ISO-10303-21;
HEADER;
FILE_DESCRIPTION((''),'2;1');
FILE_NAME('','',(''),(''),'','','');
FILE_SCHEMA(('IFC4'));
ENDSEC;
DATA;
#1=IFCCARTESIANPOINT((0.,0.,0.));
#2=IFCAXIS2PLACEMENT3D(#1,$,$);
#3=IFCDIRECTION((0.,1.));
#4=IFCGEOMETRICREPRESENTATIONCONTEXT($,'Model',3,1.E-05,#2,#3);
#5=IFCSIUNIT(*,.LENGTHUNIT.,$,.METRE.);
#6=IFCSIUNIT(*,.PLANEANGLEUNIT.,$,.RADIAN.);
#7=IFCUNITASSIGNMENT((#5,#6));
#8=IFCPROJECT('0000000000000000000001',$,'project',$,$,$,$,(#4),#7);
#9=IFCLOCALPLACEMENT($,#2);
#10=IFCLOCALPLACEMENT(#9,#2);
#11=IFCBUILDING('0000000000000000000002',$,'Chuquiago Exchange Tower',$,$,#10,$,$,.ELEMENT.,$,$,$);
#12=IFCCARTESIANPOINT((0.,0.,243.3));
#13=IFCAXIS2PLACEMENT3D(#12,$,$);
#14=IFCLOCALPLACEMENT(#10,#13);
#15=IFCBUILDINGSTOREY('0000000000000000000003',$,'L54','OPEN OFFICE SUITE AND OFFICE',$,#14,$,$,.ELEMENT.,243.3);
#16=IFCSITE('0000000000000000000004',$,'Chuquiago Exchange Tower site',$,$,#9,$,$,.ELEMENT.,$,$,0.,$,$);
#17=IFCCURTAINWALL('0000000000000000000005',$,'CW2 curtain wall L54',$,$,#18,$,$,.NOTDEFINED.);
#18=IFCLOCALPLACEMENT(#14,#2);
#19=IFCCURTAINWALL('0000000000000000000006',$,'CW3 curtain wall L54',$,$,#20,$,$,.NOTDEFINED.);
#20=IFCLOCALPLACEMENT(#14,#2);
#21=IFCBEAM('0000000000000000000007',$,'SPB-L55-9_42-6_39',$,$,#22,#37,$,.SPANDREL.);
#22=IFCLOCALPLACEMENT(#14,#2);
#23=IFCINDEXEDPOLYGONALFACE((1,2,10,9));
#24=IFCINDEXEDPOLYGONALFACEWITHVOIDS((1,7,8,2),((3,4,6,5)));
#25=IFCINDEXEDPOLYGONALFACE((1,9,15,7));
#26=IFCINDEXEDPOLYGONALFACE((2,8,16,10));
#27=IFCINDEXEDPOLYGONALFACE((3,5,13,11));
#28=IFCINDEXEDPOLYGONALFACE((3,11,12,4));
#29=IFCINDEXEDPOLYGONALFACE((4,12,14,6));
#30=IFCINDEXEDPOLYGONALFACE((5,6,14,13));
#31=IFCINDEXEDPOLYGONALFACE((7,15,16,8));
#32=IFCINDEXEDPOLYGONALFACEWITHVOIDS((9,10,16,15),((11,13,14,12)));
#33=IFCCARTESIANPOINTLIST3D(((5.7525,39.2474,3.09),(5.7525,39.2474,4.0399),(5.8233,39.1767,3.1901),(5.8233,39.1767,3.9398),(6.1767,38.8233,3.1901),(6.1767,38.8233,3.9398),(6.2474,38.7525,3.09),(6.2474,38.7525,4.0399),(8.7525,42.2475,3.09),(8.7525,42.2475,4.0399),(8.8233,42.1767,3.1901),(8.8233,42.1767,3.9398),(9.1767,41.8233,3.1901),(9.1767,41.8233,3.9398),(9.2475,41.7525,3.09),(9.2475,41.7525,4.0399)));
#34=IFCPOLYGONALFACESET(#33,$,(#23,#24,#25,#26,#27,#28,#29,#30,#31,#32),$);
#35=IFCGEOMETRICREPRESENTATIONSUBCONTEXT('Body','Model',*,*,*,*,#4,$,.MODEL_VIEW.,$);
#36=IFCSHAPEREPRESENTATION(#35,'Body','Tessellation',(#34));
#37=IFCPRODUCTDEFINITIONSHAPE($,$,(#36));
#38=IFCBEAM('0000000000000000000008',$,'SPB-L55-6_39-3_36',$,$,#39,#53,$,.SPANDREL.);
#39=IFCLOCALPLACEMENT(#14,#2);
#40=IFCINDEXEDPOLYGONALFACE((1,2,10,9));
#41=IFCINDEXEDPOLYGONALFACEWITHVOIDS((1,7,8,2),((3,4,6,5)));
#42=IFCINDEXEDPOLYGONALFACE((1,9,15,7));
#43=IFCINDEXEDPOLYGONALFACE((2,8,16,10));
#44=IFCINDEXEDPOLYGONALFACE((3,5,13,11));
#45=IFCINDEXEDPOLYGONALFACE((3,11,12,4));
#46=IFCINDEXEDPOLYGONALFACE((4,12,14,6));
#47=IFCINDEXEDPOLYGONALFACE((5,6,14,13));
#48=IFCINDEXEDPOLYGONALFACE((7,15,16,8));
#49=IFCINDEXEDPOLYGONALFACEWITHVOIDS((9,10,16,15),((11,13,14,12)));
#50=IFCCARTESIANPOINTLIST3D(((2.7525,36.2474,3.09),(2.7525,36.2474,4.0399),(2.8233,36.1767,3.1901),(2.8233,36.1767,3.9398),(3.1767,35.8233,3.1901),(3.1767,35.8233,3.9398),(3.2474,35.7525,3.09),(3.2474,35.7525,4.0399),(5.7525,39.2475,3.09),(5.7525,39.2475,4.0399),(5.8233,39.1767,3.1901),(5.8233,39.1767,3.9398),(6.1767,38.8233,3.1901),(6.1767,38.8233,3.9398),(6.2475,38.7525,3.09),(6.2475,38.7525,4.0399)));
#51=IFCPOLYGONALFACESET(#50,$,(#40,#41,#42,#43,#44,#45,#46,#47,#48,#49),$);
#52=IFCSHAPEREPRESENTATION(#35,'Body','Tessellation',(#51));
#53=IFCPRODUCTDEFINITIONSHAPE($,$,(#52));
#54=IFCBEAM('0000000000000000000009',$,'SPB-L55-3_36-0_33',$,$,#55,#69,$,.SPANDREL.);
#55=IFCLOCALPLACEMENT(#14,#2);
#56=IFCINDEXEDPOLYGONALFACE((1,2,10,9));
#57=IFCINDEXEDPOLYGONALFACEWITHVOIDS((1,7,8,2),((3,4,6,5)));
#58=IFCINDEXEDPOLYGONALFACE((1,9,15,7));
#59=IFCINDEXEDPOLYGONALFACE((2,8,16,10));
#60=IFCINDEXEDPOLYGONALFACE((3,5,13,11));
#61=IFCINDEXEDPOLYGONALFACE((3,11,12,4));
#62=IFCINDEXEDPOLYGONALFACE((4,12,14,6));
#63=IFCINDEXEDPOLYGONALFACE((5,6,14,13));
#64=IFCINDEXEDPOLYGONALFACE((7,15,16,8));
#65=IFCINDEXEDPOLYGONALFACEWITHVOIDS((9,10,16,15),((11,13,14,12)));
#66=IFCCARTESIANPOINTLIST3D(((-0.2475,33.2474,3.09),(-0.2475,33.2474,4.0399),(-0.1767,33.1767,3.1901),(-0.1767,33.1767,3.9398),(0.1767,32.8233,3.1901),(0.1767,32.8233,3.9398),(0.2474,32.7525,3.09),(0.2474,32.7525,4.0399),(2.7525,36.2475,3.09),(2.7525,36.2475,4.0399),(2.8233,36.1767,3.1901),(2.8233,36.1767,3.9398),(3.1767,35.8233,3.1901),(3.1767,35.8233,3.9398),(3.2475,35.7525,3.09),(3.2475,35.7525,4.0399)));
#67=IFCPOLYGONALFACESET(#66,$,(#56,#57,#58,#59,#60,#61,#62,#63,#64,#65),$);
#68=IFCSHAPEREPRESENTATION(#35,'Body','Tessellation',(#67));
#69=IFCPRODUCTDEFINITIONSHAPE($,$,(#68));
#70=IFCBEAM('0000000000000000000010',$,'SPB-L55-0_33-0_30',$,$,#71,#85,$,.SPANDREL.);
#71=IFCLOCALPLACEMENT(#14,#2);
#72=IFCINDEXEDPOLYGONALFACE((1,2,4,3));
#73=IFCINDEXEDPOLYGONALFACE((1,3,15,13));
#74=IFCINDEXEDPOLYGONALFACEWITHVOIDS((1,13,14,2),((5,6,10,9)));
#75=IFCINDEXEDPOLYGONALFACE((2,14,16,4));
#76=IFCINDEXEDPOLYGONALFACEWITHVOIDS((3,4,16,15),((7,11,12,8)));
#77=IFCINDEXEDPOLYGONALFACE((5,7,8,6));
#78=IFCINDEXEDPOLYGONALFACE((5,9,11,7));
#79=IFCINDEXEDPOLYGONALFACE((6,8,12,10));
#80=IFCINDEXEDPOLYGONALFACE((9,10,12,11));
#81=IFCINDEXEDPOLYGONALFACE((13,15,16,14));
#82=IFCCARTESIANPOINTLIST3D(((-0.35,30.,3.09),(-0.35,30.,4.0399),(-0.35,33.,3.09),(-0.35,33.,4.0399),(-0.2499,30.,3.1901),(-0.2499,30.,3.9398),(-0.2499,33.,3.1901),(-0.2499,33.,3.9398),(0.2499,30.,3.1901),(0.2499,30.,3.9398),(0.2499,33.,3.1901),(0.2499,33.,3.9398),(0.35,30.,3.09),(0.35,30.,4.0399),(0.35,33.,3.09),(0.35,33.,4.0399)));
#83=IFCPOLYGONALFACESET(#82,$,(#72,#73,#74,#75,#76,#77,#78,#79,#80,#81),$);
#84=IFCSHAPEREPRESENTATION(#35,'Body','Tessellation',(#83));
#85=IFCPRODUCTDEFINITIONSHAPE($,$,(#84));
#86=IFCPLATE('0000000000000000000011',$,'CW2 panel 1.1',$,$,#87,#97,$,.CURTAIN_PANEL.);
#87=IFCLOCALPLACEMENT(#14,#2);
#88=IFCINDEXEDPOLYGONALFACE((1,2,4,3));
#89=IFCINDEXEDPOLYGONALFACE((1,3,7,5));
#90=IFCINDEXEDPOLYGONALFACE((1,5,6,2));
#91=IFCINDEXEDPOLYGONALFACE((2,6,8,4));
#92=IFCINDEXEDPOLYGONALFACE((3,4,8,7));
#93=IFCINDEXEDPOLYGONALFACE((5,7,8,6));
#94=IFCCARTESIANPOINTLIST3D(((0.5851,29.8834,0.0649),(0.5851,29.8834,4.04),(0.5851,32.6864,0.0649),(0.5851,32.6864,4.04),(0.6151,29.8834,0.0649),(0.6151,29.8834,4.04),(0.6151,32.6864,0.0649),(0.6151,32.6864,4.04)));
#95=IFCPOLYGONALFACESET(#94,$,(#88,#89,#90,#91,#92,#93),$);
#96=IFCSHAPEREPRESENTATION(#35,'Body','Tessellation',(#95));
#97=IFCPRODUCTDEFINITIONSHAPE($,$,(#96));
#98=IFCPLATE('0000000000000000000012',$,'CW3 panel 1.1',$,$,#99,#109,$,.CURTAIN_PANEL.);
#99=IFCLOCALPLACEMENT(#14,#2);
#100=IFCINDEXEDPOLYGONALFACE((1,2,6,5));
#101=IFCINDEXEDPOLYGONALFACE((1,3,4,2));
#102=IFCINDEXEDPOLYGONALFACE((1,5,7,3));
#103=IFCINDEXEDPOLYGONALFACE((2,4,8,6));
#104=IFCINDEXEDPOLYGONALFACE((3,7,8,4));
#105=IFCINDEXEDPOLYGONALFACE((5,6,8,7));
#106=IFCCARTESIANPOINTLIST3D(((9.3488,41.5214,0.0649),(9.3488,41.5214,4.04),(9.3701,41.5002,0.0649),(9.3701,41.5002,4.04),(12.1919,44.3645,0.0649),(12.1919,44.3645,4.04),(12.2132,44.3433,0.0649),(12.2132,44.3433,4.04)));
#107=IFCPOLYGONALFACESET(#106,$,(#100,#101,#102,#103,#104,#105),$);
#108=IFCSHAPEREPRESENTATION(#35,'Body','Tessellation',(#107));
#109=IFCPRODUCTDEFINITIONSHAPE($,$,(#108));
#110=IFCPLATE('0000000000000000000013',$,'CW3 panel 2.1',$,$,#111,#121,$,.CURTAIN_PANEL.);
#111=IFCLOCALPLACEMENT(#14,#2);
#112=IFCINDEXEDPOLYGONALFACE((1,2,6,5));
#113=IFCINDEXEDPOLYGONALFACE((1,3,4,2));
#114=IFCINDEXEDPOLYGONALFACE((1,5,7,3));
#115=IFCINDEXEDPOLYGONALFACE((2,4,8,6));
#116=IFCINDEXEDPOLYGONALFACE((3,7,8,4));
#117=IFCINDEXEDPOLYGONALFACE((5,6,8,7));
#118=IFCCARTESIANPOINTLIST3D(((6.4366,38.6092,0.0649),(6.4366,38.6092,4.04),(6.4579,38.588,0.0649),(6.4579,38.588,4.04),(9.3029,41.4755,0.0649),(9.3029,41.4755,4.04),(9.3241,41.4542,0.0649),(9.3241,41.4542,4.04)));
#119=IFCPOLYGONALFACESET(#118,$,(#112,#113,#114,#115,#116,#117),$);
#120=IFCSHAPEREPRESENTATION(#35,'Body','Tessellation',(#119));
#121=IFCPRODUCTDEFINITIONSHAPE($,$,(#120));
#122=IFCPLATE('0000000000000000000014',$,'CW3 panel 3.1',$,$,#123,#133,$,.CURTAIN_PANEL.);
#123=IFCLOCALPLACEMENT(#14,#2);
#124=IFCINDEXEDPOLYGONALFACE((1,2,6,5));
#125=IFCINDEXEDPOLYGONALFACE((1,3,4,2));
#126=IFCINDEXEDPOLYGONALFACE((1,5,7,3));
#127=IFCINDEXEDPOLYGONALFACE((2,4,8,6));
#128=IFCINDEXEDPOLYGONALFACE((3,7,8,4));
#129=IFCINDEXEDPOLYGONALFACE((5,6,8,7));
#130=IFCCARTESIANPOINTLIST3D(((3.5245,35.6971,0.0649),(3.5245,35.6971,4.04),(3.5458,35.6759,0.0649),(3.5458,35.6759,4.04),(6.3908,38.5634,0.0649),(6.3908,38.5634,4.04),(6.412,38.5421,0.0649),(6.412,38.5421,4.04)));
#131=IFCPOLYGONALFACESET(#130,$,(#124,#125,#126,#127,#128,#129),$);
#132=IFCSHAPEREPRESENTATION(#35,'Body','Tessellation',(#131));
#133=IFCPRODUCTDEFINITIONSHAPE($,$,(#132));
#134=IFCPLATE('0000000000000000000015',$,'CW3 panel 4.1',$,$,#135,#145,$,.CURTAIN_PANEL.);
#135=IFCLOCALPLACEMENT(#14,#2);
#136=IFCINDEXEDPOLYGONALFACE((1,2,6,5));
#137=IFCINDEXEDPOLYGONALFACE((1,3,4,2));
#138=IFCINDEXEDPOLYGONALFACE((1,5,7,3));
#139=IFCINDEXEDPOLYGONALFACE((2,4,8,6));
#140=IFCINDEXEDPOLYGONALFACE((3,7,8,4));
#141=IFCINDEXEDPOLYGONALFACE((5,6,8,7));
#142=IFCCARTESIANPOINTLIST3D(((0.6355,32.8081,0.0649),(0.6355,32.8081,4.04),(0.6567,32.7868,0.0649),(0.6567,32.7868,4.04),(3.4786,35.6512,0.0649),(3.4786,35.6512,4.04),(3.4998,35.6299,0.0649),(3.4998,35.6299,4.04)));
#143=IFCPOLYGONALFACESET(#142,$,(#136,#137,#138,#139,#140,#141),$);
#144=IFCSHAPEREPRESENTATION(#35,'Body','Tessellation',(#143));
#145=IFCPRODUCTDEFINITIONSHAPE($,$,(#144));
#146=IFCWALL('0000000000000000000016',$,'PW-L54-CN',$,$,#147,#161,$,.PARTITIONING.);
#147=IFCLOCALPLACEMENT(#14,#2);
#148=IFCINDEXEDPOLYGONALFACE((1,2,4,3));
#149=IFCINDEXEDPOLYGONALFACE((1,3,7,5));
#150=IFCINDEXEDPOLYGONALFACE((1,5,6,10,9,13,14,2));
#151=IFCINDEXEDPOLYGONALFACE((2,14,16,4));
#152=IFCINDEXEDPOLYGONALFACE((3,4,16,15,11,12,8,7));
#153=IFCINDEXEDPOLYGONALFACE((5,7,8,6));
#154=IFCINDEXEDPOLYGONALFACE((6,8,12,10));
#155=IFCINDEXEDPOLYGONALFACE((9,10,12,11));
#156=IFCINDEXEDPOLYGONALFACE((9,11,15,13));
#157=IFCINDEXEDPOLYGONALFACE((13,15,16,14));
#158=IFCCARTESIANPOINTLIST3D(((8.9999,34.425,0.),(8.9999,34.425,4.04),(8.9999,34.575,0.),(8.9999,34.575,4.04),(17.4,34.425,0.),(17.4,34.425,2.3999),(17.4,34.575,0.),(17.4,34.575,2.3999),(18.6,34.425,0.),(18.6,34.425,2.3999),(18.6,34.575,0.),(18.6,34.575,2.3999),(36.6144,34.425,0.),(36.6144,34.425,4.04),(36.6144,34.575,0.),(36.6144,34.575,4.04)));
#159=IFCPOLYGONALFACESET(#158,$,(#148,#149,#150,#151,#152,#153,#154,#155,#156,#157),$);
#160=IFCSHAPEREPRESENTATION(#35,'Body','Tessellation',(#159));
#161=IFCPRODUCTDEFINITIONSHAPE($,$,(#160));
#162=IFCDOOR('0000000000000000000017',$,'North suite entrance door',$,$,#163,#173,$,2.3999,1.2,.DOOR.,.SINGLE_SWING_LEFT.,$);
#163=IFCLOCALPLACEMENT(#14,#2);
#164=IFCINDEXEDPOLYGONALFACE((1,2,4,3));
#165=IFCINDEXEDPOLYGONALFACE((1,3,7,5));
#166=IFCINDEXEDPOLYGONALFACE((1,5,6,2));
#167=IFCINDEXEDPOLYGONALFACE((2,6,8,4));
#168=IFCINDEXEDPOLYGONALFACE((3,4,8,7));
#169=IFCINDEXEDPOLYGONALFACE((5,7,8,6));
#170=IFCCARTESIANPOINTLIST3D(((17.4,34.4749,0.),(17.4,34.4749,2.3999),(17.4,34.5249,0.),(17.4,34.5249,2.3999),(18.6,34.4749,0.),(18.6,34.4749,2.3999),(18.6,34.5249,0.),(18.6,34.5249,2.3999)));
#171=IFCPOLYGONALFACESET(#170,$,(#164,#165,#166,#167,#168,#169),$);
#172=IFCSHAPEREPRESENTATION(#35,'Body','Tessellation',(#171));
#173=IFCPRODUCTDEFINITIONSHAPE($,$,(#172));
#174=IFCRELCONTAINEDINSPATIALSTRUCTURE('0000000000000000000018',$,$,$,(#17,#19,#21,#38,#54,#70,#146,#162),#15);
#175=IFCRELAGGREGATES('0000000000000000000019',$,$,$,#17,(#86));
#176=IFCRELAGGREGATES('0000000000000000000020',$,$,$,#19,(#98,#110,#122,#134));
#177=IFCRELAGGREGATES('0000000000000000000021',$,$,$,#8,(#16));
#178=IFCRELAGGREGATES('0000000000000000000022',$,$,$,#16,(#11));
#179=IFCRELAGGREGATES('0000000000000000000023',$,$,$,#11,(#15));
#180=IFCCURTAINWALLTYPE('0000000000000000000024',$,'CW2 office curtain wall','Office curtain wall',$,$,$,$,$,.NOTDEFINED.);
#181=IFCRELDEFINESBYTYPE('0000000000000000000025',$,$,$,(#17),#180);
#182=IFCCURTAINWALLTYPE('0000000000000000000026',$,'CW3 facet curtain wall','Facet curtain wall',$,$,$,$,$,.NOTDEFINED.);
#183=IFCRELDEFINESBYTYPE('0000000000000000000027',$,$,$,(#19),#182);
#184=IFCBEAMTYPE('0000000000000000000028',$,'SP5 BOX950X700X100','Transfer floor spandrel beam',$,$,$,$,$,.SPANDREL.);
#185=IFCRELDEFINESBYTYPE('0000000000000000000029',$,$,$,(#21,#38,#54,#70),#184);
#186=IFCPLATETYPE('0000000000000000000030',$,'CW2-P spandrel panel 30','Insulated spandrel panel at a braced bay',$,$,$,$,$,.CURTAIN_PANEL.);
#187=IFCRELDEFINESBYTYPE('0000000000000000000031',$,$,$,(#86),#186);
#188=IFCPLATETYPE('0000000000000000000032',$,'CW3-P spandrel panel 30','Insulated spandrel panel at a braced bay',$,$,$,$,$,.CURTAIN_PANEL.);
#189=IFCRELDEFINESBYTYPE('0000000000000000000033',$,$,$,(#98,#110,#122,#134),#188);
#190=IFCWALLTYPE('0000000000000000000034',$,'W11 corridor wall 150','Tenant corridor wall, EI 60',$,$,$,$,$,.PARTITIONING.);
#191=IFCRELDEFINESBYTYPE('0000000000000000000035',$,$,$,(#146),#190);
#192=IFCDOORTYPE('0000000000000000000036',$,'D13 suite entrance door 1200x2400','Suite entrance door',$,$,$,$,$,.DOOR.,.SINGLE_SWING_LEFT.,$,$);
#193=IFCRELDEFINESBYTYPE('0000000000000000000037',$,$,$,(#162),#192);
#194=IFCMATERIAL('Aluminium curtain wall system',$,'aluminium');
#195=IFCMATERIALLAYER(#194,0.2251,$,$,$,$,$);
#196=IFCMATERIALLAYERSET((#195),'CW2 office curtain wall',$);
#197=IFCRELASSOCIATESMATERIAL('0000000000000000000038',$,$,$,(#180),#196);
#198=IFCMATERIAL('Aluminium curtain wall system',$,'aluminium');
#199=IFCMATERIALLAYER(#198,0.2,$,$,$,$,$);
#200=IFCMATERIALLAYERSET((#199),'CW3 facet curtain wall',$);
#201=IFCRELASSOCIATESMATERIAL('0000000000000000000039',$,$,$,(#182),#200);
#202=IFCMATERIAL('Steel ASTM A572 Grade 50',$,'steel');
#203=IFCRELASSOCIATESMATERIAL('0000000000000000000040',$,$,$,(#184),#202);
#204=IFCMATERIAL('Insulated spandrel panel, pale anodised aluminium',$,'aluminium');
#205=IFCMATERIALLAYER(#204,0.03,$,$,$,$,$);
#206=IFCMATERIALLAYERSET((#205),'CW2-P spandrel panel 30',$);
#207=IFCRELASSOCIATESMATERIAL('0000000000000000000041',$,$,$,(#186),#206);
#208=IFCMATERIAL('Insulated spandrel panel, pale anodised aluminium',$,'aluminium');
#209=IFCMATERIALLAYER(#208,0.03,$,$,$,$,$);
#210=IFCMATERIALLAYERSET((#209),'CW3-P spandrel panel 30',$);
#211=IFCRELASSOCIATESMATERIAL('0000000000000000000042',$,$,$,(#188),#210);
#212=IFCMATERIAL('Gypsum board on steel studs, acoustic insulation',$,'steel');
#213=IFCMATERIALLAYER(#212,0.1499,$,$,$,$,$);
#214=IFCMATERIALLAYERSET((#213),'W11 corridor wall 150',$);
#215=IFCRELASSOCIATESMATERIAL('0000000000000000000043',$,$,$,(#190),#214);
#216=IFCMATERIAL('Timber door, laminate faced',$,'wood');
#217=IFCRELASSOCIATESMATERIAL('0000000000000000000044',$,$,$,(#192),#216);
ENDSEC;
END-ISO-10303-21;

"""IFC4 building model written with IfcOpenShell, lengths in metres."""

from ifc_helpers import new_model, si_unit, direction, frame, frame_2d, origin, origin_2d, place, context, subcontext, project, spatial, rectangle, hollow_rectangle, extrude, material, layer, layer_set, material_profile, profile_set, type_object, element, fill, aggregate, save


model = new_model("IFC4")

# Units and contexts
model_context = context("Model", 3, precision=1e-05, world=origin(), true_north=direction((0.0, 1.0)))
body_context = subcontext(model_context, "Body", "Model", "MODEL_VIEW")
ifc_project = project(units=[si_unit("LENGTHUNIT", "METRE"), si_unit("PLANEANGLEUNIT", "RADIAN")], contexts=[model_context])

# Site, building, storey
site_placement = place(None, origin())
site = spatial("IfcSite", under=ifc_project, at=site_placement, Name="Chuquiago Exchange Tower site", CompositionType="ELEMENT", RefElevation=0.0)
building_placement = place(site_placement, origin())
building = spatial("IfcBuilding", under=site, at=building_placement, Name="Chuquiago Exchange Tower", CompositionType="ELEMENT")
storey_placement = place(building_placement, frame((0.0, 0.0, 243.3)))
storey = spatial("IfcBuildingStorey", under=building, at=storey_placement, Name="L54", Description="OPEN OFFICE SUITE AND OFFICE", CompositionType="ELEMENT", Elevation=243.3)

# Curtain walls
ifc_material_1 = material(Name="Aluminium curtain wall system", Category="aluminium")
ifc_layer_1 = layer(ifc_material_1, 0.2251)
ifc_layer_set_1 = layer_set([ifc_layer_1], Name="CW2 office curtain wall")
curtain_wall_type_1 = type_object("IfcCurtainWallType", Name="CW2 office curtain wall", Description="Office curtain wall", PredefinedType="NOTDEFINED", material=ifc_layer_set_1)
curtain_wall_1_placement = place(storey_placement, origin())
curtain_wall_1 = element("IfcCurtainWall", 1, at=curtain_wall_1_placement, inside=storey, type_object=curtain_wall_type_1, Name="CW2 curtain wall L54", PredefinedType="NOTDEFINED")
ifc_material_2 = material(Name="Aluminium curtain wall system", Category="aluminium")
ifc_layer_2 = layer(ifc_material_2, 0.2)
ifc_layer_set_2 = layer_set([ifc_layer_2], Name="CW3 facet curtain wall")
curtain_wall_type_2 = type_object("IfcCurtainWallType", Name="CW3 facet curtain wall", Description="Facet curtain wall", PredefinedType="NOTDEFINED", material=ifc_layer_set_2)
curtain_wall_2_placement = place(storey_placement, origin())
curtain_wall_2 = element("IfcCurtainWall", 2, at=curtain_wall_2_placement, inside=storey, type_object=curtain_wall_type_2, Name="CW3 curtain wall L54", PredefinedType="NOTDEFINED")

# Beams
ifc_material_3 = material(Name="Steel ASTM A572 Grade 50", Category="steel")
ifc_material_profile_1 = material_profile(ifc_material_3, hollow_rectangle(XDim=0.7, YDim=0.95, WallThickness=0.1001, at=origin_2d()), Name="BOX950X700X100")
ifc_profile_set_1 = profile_set([ifc_material_profile_1], Name="Steel ASTM A572 Grade 50")
beam_type_1 = type_object("IfcBeamType", Name="SP5 BOX950X700X100", Description="Transfer floor spandrel beam", PredefinedType="SPANDREL", material=ifc_profile_set_1)
for number, where, z_axis, x_axis, name in (
    (3, (9.0, 42.0, 3.5649), (-0.707107, -0.707107, 0.0), (0.707107, -0.707107, 0.0), "SPB-L55-9_42-6_39"),
    (4, (6.0, 39.0, 3.5649), (-0.707107, -0.707107, 0.0), (0.707107, -0.707107, 0.0), "SPB-L55-6_39-3_36"),
    (5, (3.0, 36.0, 3.5649), (-0.707107, -0.707107, 0.0), (0.707107, -0.707107, 0.0), "SPB-L55-3_36-0_33"),
):
    element("IfcBeam", number, at=place(storey_placement, frame(where, z_axis=z_axis, x_axis=x_axis)), inside=storey, type_object=beam_type_1, Name=name, PredefinedType="SPANDREL", context=body_context, shape_type="SweptSolid", body=[
        extrude(hollow_rectangle(XDim=0.7, YDim=0.95, WallThickness=0.1001, at=origin_2d()), origin(), (0.0, 0.0, 1.0), 4.2427),
    ])
beam_1_placement = place(storey_placement, frame((0.0, 33.0, 3.5649), z_axis=(0.0, -1.0, 0.0), x_axis=(1.0, 0.0, 0.0)))
element("IfcBeam", 6, at=beam_1_placement, inside=storey, type_object=beam_type_1, Name="SPB-L55-0_33-0_30", PredefinedType="SPANDREL", context=body_context, shape_type="SweptSolid", body=[
    extrude(hollow_rectangle(XDim=0.7, YDim=0.95, WallThickness=0.1001, at=origin_2d()), origin(), (0.0, 0.0, 1.0), 3.0),
])

# Plates
ifc_material_4 = material(Name="Insulated spandrel panel, pale anodised aluminium", Category="aluminium")
ifc_layer_3 = layer(ifc_material_4, 0.03)
ifc_layer_set_3 = layer_set([ifc_layer_3], Name="CW2-P spandrel panel 30")
plate_type_1 = type_object("IfcPlateType", Name="CW2-P spandrel panel 30", Description="Insulated spandrel panel at a braced bay", PredefinedType="CURTAIN_PANEL", material=ifc_layer_set_3)
plate_1_placement = place(storey_placement, frame((0.6001, 31.2849, 0.0649), z_axis=(0.0, 0.0, 1.0), x_axis=(0.0, -1.0, 0.0)))
plate_1 = element("IfcPlate", 7, at=plate_1_placement, type_object=plate_type_1, Name="CW2 panel 1.1", PredefinedType="CURTAIN_PANEL", context=body_context, shape_type="SweptSolid", body=[
    extrude(rectangle(XDim=2.803, YDim=0.03, at=origin_2d()), origin(), (0.0, 0.0, 1.0), 3.9751),
])
aggregate(curtain_wall_1, [plate_1])
ifc_material_5 = material(Name="Insulated spandrel panel, pale anodised aluminium", Category="aluminium")
ifc_layer_4 = layer(ifc_material_5, 0.03)
ifc_layer_set_4 = layer_set([ifc_layer_4], Name="CW3-P spandrel panel 30")
plate_type_2 = type_object("IfcPlateType", Name="CW3-P spandrel panel 30", Description="Insulated spandrel panel at a braced bay", PredefinedType="CURTAIN_PANEL", material=ifc_layer_set_4)
plate_2_placement = place(storey_placement, frame((10.781, 42.9324, 0.0649), z_axis=(0.0, 0.0, 1.0), x_axis=(-0.707107, -0.707107, 0.0)))
plate_2 = element("IfcPlate", 8, at=plate_2_placement, type_object=plate_type_2, Name="CW3 panel 1.1", PredefinedType="CURTAIN_PANEL", context=body_context, shape_type="SweptSolid", body=[
    extrude(rectangle(XDim=4.0208, YDim=0.03, at=origin_2d()), origin(), (0.0, 0.0, 1.0), 3.9751),
])
plate_3_placement = place(storey_placement, frame((7.8804, 40.0317, 0.0649), z_axis=(0.0, 0.0, 1.0), x_axis=(-0.707107, -0.707107, 0.0)))
plate_3 = element("IfcPlate", 9, at=plate_3_placement, type_object=plate_type_2, Name="CW3 panel 2.1", PredefinedType="CURTAIN_PANEL", context=body_context, shape_type="SweptSolid", body=[
    extrude(rectangle(XDim=4.0535, YDim=0.03, at=origin_2d()), origin(), (0.0, 0.0, 1.0), 3.9751),
])
plate_4_placement = place(storey_placement, frame((4.9683, 37.1196, 0.0649), z_axis=(0.0, 0.0, 1.0), x_axis=(-0.707107, -0.707107, 0.0)))
plate_4 = element("IfcPlate", 10, at=plate_4_placement, type_object=plate_type_2, Name="CW3 panel 3.1", PredefinedType="CURTAIN_PANEL", context=body_context, shape_type="SweptSolid", body=[
    extrude(rectangle(XDim=4.0535, YDim=0.03, at=origin_2d()), origin(), (0.0, 0.0, 1.0), 3.9751),
])
plate_5_placement = place(storey_placement, frame((2.0676, 34.219, 0.0649), z_axis=(0.0, 0.0, 1.0), x_axis=(-0.707107, -0.707107, 0.0)))
plate_5 = element("IfcPlate", 11, at=plate_5_placement, type_object=plate_type_2, Name="CW3 panel 4.1", PredefinedType="CURTAIN_PANEL", context=body_context, shape_type="SweptSolid", body=[
    extrude(rectangle(XDim=4.0208, YDim=0.03, at=origin_2d()), origin(), (0.0, 0.0, 1.0), 3.9751),
])
aggregate(curtain_wall_2, [plate_2, plate_3, plate_4, plate_5])

# Wall, opening, door
ifc_material_6 = material(Name="Gypsum board on steel studs, acoustic insulation", Category="steel")
ifc_layer_5 = layer(ifc_material_6, 0.1499)
ifc_layer_set_5 = layer_set([ifc_layer_5], Name="W11 corridor wall 150")
wall_type = type_object("IfcWallType", Name="W11 corridor wall 150", Description="Tenant corridor wall, EI 60", PredefinedType="PARTITIONING", material=ifc_layer_set_5)
wall_placement = place(storey_placement, frame((9.0, 34.5, 0.0), z_axis=(0.0, 0.0, 1.0), x_axis=(1.0, 0.0, 0.0)))
wall = element("IfcWall", 12, at=wall_placement, inside=storey, type_object=wall_type, Name="PW-L54-CN", PredefinedType="PARTITIONING", context=body_context, shape_type="SweptSolid", body=[
    extrude(rectangle(XDim=27.6145, YDim=0.1499, at=frame_2d((13.8071, 0.0))), origin(), (0.0, 0.0, 1.0), 4.04),
])
opening_placement = place(wall_placement, frame((8.3999, 0.0, 0.0)))
opening = element("IfcOpeningElement", 13, at=opening_placement, cuts=wall, PredefinedType="OPENING", context=body_context, shape_type="SweptSolid", body=[
    extrude(rectangle(XDim=1.2, YDim=2.3999, at=frame_2d((0.6001, 1.2))), frame((0.0, 0.085, 0.0), z_axis=(0.0, -1.0, 0.0), x_axis=(1.0, 0.0, 0.0)), (0.0, 0.0, 1.0), 0.1699),
])
ifc_material_7 = material(Name="Timber door, laminate faced", Category="wood")
door_type = type_object("IfcDoorType", Name="D13 suite entrance door 1200x2400", Description="Suite entrance door", OperationType="SINGLE_SWING_LEFT", PredefinedType="DOOR", material=ifc_material_7)
door_placement = place(opening_placement, origin())
door = element("IfcDoor", 14, at=door_placement, inside=storey, type_object=door_type, Name="North suite entrance door", OperationType="SINGLE_SWING_LEFT", OverallHeight=2.3999, OverallWidth=1.2, PredefinedType="DOOR", context=body_context, shape_type="SweptSolid", body=[
    extrude(rectangle(XDim=1.2, YDim=2.3999, at=frame_2d((0.6001, 1.2))), frame((0.0, 0.0249, 0.0), z_axis=(0.0, -1.0, 0.0), x_axis=(1.0, 0.0, 0.0)), (0.0, 0.0, 1.0), 0.05),
])
fill(opening, door)

save(model, "model.ifc")
